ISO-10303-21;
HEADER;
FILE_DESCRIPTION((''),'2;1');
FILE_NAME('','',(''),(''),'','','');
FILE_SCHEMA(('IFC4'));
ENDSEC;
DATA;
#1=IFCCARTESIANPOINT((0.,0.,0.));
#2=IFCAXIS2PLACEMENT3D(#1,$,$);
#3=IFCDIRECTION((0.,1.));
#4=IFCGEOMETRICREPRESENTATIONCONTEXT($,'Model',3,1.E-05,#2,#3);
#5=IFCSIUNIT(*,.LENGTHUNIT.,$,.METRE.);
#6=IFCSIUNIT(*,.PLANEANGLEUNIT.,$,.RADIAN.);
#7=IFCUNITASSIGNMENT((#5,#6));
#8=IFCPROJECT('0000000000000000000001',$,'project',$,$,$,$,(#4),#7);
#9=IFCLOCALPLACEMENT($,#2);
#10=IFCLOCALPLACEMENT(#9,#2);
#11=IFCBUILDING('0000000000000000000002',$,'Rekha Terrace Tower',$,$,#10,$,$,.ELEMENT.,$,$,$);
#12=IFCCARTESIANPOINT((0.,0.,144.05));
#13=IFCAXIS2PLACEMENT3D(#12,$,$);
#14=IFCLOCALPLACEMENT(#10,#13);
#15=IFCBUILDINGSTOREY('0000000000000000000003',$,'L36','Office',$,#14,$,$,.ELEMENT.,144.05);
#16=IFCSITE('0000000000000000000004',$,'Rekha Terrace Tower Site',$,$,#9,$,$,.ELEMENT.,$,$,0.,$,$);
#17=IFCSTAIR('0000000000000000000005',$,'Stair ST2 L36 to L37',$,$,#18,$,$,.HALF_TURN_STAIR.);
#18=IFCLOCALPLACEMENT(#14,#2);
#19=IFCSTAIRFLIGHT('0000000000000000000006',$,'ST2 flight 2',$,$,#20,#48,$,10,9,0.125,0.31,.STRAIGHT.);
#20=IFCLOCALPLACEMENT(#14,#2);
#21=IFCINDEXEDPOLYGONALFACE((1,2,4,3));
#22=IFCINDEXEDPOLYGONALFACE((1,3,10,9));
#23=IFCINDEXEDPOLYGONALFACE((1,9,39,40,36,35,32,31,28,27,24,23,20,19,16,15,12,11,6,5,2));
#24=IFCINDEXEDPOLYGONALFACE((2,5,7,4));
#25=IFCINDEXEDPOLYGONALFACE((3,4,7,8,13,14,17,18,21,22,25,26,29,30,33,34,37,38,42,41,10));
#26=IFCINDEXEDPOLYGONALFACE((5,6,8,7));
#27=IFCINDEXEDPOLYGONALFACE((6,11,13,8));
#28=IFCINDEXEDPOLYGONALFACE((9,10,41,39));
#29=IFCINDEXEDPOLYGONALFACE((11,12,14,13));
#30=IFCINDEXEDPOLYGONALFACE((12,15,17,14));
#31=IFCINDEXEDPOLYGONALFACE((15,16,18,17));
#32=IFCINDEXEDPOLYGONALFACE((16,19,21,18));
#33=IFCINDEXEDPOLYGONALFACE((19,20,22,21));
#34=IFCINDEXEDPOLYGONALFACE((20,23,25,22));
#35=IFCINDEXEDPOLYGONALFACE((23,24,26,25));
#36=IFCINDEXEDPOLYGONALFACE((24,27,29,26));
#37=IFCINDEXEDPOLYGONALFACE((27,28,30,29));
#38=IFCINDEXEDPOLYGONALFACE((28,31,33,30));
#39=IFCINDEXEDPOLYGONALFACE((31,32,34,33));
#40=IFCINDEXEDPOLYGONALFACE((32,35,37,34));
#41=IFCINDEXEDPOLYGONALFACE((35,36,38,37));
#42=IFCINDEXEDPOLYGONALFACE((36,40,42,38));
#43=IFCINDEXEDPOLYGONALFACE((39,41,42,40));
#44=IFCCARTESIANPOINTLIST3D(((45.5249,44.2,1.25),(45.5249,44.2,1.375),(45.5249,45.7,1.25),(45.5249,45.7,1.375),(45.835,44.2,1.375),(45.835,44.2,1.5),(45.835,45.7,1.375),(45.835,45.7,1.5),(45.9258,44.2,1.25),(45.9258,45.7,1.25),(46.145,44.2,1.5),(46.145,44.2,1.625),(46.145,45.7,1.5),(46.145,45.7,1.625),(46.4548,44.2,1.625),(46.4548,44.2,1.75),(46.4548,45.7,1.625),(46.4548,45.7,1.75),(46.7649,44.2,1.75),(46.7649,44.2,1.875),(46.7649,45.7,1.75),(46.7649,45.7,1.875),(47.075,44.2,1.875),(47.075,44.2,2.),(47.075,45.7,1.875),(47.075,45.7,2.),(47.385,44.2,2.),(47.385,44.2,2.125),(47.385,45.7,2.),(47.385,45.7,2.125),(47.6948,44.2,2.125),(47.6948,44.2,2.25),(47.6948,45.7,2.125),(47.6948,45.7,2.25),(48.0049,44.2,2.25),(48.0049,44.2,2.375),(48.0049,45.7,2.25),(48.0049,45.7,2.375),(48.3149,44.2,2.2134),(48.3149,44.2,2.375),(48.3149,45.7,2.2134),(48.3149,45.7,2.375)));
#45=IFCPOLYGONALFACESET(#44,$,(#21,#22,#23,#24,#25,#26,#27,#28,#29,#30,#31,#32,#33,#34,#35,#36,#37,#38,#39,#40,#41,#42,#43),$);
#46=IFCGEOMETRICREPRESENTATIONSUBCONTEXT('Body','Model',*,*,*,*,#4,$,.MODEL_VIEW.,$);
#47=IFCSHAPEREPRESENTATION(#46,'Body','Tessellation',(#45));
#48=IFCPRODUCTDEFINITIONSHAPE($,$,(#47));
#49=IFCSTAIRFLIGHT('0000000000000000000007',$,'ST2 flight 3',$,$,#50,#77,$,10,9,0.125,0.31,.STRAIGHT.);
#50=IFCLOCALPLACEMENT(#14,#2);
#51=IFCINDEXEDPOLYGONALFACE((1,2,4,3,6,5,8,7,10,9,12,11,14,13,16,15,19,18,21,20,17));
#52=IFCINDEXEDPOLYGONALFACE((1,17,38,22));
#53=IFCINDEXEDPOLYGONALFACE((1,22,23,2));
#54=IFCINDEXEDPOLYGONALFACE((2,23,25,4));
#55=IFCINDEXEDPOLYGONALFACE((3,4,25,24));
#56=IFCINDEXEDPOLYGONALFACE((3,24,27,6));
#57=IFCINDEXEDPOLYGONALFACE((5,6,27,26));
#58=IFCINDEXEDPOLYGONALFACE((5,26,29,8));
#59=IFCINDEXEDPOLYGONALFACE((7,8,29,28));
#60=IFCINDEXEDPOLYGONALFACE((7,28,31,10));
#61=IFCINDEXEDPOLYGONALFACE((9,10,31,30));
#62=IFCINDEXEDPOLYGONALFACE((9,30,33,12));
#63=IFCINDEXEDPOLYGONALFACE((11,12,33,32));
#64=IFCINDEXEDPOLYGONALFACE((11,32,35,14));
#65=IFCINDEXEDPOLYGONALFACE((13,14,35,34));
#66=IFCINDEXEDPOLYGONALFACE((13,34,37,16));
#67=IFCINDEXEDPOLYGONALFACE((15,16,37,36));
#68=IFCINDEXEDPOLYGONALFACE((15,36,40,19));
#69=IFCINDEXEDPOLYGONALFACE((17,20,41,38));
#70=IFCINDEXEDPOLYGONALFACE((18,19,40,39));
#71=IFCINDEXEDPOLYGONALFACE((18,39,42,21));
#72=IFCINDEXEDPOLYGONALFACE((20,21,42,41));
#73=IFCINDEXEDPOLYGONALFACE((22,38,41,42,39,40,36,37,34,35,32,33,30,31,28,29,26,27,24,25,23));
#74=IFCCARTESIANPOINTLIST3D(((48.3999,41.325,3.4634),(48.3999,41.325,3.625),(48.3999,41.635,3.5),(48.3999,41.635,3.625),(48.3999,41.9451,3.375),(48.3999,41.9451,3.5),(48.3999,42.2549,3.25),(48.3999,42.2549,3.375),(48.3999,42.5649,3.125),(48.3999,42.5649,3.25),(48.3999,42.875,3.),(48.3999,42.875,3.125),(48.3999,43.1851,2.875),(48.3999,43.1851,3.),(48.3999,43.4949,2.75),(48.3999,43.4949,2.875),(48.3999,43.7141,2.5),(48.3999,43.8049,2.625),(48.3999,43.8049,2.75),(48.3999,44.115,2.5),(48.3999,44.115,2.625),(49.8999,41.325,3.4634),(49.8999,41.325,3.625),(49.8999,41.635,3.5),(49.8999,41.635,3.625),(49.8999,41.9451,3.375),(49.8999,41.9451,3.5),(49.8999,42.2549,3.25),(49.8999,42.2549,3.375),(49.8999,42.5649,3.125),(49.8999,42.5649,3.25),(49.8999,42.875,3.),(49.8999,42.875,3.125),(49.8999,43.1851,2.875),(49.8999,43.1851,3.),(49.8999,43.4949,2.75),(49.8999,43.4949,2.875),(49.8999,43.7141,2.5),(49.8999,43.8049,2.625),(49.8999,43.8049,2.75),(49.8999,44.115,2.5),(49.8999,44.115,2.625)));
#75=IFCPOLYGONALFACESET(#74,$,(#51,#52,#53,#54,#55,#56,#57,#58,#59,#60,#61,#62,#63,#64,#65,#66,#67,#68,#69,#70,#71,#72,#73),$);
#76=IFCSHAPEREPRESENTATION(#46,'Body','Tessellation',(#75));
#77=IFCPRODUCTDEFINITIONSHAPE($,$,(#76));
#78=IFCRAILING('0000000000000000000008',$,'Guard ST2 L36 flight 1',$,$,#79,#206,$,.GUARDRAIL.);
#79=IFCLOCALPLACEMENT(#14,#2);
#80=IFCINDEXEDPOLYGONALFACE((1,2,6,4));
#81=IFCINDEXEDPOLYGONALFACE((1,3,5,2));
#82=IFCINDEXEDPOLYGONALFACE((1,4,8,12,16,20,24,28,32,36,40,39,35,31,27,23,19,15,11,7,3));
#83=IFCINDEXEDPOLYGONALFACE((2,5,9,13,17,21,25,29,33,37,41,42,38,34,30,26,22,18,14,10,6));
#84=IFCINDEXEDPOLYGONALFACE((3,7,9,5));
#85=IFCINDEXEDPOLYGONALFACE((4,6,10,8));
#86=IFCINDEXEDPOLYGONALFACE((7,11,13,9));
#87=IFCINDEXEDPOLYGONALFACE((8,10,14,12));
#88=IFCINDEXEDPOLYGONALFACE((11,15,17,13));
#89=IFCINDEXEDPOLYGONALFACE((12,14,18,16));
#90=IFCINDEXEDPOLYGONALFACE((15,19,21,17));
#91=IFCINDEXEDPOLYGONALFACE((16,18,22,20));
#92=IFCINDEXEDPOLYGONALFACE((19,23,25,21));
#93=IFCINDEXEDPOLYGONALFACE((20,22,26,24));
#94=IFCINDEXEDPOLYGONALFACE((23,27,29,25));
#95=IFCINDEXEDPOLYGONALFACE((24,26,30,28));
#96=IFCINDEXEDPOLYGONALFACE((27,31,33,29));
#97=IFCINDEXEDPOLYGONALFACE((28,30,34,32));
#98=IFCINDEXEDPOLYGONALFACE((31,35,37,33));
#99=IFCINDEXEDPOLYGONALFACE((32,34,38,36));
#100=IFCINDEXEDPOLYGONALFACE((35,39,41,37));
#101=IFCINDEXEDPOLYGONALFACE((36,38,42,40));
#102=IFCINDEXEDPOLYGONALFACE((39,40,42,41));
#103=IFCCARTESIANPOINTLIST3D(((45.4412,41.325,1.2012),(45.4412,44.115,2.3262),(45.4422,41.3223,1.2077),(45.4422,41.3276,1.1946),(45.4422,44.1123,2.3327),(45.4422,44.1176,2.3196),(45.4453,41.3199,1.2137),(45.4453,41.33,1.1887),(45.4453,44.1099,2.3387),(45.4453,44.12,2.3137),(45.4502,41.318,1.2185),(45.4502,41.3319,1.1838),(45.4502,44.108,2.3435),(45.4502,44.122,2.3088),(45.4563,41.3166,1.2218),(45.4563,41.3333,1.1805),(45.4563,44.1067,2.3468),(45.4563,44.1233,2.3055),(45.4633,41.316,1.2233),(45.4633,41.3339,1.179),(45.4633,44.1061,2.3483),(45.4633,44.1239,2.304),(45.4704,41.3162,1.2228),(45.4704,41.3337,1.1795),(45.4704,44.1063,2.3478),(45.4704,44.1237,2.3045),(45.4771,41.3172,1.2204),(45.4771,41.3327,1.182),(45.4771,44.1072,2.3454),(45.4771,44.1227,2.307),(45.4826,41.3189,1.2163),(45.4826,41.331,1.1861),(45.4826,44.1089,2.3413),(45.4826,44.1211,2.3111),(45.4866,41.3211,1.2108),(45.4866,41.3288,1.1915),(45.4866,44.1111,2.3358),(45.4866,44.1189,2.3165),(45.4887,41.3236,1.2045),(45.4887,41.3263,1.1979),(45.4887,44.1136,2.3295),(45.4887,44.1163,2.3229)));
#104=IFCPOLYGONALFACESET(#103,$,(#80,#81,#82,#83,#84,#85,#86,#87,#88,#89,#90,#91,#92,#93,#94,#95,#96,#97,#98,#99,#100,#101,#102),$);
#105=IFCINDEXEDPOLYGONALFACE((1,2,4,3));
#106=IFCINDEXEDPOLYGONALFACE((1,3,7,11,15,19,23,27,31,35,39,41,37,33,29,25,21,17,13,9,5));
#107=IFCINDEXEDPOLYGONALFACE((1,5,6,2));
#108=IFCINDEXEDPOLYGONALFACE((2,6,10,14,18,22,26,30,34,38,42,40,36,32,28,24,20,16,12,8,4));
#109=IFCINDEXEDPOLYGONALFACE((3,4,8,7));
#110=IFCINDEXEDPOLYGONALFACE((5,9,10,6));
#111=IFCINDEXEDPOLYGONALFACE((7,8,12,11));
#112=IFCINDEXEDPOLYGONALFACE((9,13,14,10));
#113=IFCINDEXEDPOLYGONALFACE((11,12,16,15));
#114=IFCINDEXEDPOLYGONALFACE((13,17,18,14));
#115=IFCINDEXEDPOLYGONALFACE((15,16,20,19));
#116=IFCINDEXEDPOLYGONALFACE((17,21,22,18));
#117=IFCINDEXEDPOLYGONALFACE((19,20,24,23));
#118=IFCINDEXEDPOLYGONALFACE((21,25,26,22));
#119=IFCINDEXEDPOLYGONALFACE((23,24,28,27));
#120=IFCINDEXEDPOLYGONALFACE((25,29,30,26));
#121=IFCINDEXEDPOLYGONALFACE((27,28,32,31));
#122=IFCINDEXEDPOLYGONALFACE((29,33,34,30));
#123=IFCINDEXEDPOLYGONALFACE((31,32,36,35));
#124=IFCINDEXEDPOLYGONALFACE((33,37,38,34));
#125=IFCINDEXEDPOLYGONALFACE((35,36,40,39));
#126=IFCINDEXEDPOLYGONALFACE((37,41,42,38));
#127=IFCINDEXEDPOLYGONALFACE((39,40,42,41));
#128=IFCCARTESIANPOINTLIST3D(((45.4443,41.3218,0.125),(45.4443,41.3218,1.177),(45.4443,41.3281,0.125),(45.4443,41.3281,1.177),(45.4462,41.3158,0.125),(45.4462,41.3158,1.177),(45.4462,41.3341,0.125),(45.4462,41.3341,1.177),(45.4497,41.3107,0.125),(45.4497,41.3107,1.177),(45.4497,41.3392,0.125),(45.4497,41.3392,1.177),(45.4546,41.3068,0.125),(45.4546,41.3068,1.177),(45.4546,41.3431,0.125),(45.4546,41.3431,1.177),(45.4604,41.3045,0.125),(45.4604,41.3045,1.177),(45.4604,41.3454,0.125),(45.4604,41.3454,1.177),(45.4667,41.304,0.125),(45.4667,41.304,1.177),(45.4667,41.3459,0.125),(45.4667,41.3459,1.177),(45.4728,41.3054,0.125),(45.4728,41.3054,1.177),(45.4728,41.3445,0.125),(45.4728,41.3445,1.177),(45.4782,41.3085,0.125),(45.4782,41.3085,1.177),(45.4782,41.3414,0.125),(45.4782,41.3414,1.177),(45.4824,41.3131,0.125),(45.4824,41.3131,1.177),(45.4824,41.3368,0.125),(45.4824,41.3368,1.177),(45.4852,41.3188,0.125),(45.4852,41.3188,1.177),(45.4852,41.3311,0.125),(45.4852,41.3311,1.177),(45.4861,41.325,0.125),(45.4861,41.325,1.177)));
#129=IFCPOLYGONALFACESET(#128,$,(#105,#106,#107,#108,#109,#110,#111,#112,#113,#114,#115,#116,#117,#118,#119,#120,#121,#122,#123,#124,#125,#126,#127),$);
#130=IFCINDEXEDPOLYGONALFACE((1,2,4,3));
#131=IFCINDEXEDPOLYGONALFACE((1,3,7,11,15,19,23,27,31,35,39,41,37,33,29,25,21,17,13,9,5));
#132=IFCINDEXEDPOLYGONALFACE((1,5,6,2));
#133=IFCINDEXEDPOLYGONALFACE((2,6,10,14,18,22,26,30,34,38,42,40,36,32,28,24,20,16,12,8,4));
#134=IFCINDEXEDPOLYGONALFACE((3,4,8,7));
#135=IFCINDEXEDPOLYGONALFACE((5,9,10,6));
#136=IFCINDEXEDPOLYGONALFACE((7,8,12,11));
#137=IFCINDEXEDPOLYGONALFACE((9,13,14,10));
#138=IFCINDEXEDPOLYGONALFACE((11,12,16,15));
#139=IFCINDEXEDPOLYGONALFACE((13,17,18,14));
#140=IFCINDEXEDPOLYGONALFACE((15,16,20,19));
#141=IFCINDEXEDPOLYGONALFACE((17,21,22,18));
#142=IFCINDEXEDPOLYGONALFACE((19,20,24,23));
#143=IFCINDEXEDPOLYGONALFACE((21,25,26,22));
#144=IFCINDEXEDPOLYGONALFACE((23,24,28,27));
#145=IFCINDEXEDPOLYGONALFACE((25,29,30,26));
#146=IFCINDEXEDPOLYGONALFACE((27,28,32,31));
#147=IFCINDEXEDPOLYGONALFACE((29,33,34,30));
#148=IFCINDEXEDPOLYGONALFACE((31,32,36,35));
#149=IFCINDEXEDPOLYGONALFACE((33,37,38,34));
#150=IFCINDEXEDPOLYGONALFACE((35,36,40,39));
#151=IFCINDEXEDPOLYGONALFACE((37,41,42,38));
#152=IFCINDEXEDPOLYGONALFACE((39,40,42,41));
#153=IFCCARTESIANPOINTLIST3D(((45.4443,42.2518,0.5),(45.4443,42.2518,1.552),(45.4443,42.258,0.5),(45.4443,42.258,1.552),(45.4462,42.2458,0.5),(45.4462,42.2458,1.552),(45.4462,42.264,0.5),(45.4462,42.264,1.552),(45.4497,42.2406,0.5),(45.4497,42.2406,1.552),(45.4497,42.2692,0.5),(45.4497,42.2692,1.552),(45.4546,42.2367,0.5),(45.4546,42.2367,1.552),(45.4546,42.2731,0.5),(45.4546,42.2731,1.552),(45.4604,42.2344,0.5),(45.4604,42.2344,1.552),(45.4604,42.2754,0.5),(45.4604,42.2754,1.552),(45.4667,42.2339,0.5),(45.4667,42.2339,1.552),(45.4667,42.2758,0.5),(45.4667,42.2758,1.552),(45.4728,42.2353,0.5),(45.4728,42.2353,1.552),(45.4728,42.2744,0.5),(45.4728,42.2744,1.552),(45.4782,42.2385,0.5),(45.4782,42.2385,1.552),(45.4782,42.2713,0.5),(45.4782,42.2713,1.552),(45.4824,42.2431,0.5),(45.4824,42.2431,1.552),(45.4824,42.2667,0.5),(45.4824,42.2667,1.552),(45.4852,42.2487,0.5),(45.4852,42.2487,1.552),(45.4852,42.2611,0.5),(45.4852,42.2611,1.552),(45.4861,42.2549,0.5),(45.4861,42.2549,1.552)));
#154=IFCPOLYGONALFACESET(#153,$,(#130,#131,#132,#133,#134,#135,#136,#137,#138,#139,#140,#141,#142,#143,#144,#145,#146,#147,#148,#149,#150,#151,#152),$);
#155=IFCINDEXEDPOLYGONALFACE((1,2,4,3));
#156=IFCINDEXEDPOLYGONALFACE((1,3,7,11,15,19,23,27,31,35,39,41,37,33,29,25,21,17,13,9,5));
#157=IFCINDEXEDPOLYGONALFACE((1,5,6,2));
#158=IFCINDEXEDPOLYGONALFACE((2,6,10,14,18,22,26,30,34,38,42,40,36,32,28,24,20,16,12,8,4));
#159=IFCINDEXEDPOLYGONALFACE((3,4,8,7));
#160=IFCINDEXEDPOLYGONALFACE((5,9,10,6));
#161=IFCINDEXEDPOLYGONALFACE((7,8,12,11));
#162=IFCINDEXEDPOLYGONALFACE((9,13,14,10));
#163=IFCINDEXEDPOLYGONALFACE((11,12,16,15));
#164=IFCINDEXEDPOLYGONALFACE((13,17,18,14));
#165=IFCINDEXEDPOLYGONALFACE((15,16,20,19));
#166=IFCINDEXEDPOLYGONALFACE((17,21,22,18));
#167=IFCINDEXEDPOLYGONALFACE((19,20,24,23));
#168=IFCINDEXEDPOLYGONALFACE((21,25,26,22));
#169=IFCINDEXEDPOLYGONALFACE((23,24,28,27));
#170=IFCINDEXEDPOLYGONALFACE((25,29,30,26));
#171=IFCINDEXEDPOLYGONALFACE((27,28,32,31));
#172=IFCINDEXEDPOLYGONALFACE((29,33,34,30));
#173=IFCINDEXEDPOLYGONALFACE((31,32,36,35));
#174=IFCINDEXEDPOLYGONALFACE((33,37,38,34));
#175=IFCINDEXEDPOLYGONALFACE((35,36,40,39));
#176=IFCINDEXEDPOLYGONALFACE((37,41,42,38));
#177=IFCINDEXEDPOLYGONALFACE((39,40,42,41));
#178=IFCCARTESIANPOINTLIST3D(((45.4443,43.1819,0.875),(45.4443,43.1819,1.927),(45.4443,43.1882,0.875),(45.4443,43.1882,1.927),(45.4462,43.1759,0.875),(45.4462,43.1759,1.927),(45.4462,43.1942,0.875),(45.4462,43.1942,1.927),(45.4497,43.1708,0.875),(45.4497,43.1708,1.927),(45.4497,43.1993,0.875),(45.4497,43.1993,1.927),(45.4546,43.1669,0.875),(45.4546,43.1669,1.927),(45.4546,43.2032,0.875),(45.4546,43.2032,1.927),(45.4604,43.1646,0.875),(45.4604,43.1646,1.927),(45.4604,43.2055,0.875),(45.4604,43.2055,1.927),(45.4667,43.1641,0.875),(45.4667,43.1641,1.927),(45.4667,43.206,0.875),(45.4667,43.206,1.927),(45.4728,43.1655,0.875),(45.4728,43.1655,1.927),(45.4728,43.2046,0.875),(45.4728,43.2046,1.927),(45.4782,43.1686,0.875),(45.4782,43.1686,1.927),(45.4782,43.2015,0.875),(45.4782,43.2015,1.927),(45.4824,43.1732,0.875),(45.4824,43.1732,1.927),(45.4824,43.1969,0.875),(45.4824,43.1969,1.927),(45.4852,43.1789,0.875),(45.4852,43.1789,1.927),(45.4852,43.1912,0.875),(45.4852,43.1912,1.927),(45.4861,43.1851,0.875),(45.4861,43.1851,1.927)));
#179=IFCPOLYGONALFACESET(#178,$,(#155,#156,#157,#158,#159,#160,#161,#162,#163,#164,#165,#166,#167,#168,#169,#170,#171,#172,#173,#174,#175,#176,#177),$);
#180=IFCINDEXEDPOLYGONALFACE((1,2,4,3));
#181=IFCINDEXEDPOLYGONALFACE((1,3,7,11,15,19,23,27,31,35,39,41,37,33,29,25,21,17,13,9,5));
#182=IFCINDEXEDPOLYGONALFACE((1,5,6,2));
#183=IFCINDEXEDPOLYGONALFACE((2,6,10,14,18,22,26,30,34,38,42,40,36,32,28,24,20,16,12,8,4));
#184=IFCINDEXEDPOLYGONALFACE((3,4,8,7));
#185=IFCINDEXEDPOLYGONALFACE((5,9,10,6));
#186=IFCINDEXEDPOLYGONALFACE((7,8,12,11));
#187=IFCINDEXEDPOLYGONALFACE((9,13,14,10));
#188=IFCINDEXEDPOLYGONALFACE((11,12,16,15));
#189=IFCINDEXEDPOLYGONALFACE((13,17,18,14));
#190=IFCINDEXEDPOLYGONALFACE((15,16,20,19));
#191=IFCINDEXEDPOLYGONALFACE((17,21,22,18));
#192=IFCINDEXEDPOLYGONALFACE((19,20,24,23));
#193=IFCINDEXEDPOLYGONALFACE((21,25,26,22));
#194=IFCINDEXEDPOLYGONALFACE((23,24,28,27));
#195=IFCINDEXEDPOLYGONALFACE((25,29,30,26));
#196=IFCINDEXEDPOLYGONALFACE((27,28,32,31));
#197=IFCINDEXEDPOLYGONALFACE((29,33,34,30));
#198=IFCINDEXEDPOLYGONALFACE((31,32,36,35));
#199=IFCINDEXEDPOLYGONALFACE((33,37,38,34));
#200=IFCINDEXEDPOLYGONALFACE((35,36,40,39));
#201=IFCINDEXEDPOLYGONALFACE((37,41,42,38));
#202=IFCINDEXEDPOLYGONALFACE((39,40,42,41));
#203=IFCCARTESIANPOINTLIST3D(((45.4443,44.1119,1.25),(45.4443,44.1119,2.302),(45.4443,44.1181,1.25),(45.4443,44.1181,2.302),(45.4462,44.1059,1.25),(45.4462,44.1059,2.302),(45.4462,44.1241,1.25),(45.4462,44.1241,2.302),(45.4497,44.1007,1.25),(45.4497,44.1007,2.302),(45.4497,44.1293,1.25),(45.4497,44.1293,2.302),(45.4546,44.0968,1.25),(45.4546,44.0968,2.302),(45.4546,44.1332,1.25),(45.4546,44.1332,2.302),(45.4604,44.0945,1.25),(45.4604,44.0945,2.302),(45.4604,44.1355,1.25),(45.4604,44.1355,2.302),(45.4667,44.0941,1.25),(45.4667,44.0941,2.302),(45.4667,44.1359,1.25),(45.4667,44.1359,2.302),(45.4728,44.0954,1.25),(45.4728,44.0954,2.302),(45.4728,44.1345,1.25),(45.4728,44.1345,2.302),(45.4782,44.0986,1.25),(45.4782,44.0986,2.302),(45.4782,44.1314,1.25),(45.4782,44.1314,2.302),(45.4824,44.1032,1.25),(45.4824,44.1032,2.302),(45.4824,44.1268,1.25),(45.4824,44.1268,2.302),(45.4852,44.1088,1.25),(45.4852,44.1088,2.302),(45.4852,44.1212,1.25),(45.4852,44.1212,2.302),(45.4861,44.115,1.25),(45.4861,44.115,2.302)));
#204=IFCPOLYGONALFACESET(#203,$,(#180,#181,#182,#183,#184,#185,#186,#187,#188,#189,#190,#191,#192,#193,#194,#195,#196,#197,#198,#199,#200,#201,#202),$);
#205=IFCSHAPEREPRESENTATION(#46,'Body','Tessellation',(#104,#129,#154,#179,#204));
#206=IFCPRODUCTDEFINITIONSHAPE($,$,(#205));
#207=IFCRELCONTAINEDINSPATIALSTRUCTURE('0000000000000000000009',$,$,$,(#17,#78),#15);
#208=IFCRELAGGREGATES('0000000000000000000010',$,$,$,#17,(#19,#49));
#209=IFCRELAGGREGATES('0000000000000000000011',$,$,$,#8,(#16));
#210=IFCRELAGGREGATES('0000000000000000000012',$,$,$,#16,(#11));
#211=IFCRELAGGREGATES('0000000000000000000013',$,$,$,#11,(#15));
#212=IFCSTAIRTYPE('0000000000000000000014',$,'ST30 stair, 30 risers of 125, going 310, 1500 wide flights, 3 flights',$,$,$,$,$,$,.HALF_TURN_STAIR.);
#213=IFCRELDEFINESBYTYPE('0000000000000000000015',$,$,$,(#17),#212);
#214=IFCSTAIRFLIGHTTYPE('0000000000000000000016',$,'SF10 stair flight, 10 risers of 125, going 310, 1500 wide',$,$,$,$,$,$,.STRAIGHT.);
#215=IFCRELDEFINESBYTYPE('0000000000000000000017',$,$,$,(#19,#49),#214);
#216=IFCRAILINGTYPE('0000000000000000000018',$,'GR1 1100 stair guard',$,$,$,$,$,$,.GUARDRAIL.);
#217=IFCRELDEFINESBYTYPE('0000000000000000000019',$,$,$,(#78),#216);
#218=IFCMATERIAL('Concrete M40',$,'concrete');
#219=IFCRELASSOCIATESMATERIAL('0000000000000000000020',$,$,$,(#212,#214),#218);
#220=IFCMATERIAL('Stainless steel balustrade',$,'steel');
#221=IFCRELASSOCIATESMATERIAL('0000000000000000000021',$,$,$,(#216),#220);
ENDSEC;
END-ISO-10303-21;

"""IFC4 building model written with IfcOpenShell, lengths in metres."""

from ifc_helpers import new_model, si_unit, direction, frame, origin, origin_2d, place, context, subcontext, project, spatial, polyline, circle, outline, extrude, material, type_object, element, aggregate, save


model = new_model("IFC4")

# Units and contexts
model_context = context("Model", 3, precision=1e-05, world=origin(), true_north=direction((0.0, 1.0)))
body_context = subcontext(model_context, "Body", "Model", "MODEL_VIEW")
ifc_project = project(units=[si_unit("LENGTHUNIT", "METRE"), si_unit("PLANEANGLEUNIT", "RADIAN")], contexts=[model_context])

# Site, building, storey
site_placement = place(None, origin())
site = spatial("IfcSite", under=ifc_project, at=site_placement, Name="Rekha Terrace Tower Site", CompositionType="ELEMENT", RefElevation=0.0)
building_placement = place(site_placement, origin())
building = spatial("IfcBuilding", under=site, at=building_placement, Name="Rekha Terrace Tower", CompositionType="ELEMENT")
storey_placement = place(building_placement, frame((0.0, 0.0, 144.05)))
storey = spatial("IfcBuildingStorey", under=building, at=storey_placement, Name="L36", Description="Office", CompositionType="ELEMENT", Elevation=144.05)

# Stair, stair flights
ifc_material_1 = material(Name="Concrete M40", Category="concrete")
stair_type = type_object("IfcStairType", Name="ST30 stair, 30 risers of 125, going 310, 1500 wide flights, 3 flights", PredefinedType="HALF_TURN_STAIR", material=ifc_material_1)
stair_placement = place(storey_placement, origin())
stair = element("IfcStair", 1, at=stair_placement, inside=storey, type_object=stair_type, Name="Stair ST2 L36 to L37", PredefinedType="HALF_TURN_STAIR")
stair_flight_type = type_object("IfcStairFlightType", Name="SF10 stair flight, 10 risers of 125, going 310, 1500 wide", PredefinedType="STRAIGHT", material=ifc_material_1)
stair_flight_1_placement = place(storey_placement, frame((45.5249, 44.95, 1.25), z_axis=(0.0, 0.0, 1.0), x_axis=(1.0, 0.0, 0.0)))
stair_flight_1 = element("IfcStairFlight", 2, at=stair_flight_1_placement, type_object=stair_flight_type, Name="ST2 flight 2", NumberOfRisers=10, NumberOfTreads=9, PredefinedType="STRAIGHT", RiserHeight=0.125, TreadLength=0.31, context=body_context, shape_type="SweptSolid", body=[
    extrude(outline(polyline([(0.0, 0.0), (0.0, 0.125), (0.3101, 0.125), (0.3101, 0.25), (0.6201, 0.25), (0.6201, 0.375), (0.9299, 0.375), (0.9299, 0.5), (1.24, 0.5), (1.24, 0.625), (1.55, 0.625), (1.55, 0.75), (1.8601, 0.75), (1.8601, 0.875), (2.1699, 0.875), (2.1699, 1.0), (2.48, 1.0), (2.48, 1.125), (2.79, 1.125), (2.79, 1.25), (2.79, 0.9634), (0.4009, 0.0), (0.0, 0.0)])), frame((0.0, 0.75, 0.0), z_axis=(0.0, -1.0, 0.0), x_axis=(1.0, 0.0, 0.0)), (0.0, 0.0, 1.0), 1.5),
])
stair_flight_2_placement = place(storey_placement, frame((49.1499, 44.115, 2.5), z_axis=(0.0, 0.0, 1.0), x_axis=(0.0, -1.0, 0.0)))
stair_flight_2 = element("IfcStairFlight", 3, at=stair_flight_2_placement, type_object=stair_flight_type, Name="ST2 flight 3", NumberOfRisers=10, NumberOfTreads=9, PredefinedType="STRAIGHT", RiserHeight=0.125, TreadLength=0.31, context=body_context, shape_type="SweptSolid", body=[
    extrude(outline(polyline([(0.0, 0.0), (0.0, 0.125), (0.3101, 0.125), (0.3101, 0.25), (0.6201, 0.25), (0.6201, 0.375), (0.9299, 0.375), (0.9299, 0.5), (1.24, 0.5), (1.24, 0.625), (1.55, 0.625), (1.55, 0.75), (1.8601, 0.75), (1.8601, 0.875), (2.1699, 0.875), (2.1699, 1.0), (2.48, 1.0), (2.48, 1.125), (2.79, 1.125), (2.79, 1.25), (2.79, 0.9634), (0.4009, 0.0), (0.0, 0.0)])), frame((0.0, 0.75, 0.0), z_axis=(0.0, -1.0, 0.0), x_axis=(1.0, 0.0, 0.0)), (0.0, 0.0, 1.0), 1.5),
])
aggregate(stair, [stair_flight_1, stair_flight_2])

# Railing
ifc_material_2 = material(Name="Stainless steel balustrade", Category="steel")
railing_type_1 = type_object("IfcRailingType", Name="GR1 1100 stair guard", PredefinedType="GUARDRAIL", material=ifc_material_2)
railing_1_placement = place(storey_placement, frame((45.4651, 41.325, 0.125)))
element("IfcRailing", 4, at=railing_1_placement, inside=storey, type_object=railing_type_1, Name="Guard ST2 L36 flight 1", PredefinedType="GUARDRAIL", context=body_context, shape_type="SweptSolid", body=[
    extrude(circle(Radius=0.0239, at=origin_2d()), frame((0.0, 0.0, 1.0762), z_axis=(0.0, 0.927443, 0.373964), x_axis=(-1.0, 0.0, 0.0)), (0.0, 0.0, 1.0), 3.0083),
    extrude(circle(Radius=0.021, at=origin_2d()), origin(), (0.0, 0.0, 1.0), 1.052),
    extrude(circle(Radius=0.021, at=origin_2d()), frame((0.0, 0.9299, 0.375)), (0.0, 0.0, 1.0), 1.052),
    extrude(circle(Radius=0.021, at=origin_2d()), frame((0.0, 1.8601, 0.75)), (0.0, 0.0, 1.0), 1.052),
    extrude(circle(Radius=0.021, at=origin_2d()), frame((0.0, 2.79, 1.125)), (0.0, 0.0, 1.0), 1.052),
])

save(model, "model.ifc")
